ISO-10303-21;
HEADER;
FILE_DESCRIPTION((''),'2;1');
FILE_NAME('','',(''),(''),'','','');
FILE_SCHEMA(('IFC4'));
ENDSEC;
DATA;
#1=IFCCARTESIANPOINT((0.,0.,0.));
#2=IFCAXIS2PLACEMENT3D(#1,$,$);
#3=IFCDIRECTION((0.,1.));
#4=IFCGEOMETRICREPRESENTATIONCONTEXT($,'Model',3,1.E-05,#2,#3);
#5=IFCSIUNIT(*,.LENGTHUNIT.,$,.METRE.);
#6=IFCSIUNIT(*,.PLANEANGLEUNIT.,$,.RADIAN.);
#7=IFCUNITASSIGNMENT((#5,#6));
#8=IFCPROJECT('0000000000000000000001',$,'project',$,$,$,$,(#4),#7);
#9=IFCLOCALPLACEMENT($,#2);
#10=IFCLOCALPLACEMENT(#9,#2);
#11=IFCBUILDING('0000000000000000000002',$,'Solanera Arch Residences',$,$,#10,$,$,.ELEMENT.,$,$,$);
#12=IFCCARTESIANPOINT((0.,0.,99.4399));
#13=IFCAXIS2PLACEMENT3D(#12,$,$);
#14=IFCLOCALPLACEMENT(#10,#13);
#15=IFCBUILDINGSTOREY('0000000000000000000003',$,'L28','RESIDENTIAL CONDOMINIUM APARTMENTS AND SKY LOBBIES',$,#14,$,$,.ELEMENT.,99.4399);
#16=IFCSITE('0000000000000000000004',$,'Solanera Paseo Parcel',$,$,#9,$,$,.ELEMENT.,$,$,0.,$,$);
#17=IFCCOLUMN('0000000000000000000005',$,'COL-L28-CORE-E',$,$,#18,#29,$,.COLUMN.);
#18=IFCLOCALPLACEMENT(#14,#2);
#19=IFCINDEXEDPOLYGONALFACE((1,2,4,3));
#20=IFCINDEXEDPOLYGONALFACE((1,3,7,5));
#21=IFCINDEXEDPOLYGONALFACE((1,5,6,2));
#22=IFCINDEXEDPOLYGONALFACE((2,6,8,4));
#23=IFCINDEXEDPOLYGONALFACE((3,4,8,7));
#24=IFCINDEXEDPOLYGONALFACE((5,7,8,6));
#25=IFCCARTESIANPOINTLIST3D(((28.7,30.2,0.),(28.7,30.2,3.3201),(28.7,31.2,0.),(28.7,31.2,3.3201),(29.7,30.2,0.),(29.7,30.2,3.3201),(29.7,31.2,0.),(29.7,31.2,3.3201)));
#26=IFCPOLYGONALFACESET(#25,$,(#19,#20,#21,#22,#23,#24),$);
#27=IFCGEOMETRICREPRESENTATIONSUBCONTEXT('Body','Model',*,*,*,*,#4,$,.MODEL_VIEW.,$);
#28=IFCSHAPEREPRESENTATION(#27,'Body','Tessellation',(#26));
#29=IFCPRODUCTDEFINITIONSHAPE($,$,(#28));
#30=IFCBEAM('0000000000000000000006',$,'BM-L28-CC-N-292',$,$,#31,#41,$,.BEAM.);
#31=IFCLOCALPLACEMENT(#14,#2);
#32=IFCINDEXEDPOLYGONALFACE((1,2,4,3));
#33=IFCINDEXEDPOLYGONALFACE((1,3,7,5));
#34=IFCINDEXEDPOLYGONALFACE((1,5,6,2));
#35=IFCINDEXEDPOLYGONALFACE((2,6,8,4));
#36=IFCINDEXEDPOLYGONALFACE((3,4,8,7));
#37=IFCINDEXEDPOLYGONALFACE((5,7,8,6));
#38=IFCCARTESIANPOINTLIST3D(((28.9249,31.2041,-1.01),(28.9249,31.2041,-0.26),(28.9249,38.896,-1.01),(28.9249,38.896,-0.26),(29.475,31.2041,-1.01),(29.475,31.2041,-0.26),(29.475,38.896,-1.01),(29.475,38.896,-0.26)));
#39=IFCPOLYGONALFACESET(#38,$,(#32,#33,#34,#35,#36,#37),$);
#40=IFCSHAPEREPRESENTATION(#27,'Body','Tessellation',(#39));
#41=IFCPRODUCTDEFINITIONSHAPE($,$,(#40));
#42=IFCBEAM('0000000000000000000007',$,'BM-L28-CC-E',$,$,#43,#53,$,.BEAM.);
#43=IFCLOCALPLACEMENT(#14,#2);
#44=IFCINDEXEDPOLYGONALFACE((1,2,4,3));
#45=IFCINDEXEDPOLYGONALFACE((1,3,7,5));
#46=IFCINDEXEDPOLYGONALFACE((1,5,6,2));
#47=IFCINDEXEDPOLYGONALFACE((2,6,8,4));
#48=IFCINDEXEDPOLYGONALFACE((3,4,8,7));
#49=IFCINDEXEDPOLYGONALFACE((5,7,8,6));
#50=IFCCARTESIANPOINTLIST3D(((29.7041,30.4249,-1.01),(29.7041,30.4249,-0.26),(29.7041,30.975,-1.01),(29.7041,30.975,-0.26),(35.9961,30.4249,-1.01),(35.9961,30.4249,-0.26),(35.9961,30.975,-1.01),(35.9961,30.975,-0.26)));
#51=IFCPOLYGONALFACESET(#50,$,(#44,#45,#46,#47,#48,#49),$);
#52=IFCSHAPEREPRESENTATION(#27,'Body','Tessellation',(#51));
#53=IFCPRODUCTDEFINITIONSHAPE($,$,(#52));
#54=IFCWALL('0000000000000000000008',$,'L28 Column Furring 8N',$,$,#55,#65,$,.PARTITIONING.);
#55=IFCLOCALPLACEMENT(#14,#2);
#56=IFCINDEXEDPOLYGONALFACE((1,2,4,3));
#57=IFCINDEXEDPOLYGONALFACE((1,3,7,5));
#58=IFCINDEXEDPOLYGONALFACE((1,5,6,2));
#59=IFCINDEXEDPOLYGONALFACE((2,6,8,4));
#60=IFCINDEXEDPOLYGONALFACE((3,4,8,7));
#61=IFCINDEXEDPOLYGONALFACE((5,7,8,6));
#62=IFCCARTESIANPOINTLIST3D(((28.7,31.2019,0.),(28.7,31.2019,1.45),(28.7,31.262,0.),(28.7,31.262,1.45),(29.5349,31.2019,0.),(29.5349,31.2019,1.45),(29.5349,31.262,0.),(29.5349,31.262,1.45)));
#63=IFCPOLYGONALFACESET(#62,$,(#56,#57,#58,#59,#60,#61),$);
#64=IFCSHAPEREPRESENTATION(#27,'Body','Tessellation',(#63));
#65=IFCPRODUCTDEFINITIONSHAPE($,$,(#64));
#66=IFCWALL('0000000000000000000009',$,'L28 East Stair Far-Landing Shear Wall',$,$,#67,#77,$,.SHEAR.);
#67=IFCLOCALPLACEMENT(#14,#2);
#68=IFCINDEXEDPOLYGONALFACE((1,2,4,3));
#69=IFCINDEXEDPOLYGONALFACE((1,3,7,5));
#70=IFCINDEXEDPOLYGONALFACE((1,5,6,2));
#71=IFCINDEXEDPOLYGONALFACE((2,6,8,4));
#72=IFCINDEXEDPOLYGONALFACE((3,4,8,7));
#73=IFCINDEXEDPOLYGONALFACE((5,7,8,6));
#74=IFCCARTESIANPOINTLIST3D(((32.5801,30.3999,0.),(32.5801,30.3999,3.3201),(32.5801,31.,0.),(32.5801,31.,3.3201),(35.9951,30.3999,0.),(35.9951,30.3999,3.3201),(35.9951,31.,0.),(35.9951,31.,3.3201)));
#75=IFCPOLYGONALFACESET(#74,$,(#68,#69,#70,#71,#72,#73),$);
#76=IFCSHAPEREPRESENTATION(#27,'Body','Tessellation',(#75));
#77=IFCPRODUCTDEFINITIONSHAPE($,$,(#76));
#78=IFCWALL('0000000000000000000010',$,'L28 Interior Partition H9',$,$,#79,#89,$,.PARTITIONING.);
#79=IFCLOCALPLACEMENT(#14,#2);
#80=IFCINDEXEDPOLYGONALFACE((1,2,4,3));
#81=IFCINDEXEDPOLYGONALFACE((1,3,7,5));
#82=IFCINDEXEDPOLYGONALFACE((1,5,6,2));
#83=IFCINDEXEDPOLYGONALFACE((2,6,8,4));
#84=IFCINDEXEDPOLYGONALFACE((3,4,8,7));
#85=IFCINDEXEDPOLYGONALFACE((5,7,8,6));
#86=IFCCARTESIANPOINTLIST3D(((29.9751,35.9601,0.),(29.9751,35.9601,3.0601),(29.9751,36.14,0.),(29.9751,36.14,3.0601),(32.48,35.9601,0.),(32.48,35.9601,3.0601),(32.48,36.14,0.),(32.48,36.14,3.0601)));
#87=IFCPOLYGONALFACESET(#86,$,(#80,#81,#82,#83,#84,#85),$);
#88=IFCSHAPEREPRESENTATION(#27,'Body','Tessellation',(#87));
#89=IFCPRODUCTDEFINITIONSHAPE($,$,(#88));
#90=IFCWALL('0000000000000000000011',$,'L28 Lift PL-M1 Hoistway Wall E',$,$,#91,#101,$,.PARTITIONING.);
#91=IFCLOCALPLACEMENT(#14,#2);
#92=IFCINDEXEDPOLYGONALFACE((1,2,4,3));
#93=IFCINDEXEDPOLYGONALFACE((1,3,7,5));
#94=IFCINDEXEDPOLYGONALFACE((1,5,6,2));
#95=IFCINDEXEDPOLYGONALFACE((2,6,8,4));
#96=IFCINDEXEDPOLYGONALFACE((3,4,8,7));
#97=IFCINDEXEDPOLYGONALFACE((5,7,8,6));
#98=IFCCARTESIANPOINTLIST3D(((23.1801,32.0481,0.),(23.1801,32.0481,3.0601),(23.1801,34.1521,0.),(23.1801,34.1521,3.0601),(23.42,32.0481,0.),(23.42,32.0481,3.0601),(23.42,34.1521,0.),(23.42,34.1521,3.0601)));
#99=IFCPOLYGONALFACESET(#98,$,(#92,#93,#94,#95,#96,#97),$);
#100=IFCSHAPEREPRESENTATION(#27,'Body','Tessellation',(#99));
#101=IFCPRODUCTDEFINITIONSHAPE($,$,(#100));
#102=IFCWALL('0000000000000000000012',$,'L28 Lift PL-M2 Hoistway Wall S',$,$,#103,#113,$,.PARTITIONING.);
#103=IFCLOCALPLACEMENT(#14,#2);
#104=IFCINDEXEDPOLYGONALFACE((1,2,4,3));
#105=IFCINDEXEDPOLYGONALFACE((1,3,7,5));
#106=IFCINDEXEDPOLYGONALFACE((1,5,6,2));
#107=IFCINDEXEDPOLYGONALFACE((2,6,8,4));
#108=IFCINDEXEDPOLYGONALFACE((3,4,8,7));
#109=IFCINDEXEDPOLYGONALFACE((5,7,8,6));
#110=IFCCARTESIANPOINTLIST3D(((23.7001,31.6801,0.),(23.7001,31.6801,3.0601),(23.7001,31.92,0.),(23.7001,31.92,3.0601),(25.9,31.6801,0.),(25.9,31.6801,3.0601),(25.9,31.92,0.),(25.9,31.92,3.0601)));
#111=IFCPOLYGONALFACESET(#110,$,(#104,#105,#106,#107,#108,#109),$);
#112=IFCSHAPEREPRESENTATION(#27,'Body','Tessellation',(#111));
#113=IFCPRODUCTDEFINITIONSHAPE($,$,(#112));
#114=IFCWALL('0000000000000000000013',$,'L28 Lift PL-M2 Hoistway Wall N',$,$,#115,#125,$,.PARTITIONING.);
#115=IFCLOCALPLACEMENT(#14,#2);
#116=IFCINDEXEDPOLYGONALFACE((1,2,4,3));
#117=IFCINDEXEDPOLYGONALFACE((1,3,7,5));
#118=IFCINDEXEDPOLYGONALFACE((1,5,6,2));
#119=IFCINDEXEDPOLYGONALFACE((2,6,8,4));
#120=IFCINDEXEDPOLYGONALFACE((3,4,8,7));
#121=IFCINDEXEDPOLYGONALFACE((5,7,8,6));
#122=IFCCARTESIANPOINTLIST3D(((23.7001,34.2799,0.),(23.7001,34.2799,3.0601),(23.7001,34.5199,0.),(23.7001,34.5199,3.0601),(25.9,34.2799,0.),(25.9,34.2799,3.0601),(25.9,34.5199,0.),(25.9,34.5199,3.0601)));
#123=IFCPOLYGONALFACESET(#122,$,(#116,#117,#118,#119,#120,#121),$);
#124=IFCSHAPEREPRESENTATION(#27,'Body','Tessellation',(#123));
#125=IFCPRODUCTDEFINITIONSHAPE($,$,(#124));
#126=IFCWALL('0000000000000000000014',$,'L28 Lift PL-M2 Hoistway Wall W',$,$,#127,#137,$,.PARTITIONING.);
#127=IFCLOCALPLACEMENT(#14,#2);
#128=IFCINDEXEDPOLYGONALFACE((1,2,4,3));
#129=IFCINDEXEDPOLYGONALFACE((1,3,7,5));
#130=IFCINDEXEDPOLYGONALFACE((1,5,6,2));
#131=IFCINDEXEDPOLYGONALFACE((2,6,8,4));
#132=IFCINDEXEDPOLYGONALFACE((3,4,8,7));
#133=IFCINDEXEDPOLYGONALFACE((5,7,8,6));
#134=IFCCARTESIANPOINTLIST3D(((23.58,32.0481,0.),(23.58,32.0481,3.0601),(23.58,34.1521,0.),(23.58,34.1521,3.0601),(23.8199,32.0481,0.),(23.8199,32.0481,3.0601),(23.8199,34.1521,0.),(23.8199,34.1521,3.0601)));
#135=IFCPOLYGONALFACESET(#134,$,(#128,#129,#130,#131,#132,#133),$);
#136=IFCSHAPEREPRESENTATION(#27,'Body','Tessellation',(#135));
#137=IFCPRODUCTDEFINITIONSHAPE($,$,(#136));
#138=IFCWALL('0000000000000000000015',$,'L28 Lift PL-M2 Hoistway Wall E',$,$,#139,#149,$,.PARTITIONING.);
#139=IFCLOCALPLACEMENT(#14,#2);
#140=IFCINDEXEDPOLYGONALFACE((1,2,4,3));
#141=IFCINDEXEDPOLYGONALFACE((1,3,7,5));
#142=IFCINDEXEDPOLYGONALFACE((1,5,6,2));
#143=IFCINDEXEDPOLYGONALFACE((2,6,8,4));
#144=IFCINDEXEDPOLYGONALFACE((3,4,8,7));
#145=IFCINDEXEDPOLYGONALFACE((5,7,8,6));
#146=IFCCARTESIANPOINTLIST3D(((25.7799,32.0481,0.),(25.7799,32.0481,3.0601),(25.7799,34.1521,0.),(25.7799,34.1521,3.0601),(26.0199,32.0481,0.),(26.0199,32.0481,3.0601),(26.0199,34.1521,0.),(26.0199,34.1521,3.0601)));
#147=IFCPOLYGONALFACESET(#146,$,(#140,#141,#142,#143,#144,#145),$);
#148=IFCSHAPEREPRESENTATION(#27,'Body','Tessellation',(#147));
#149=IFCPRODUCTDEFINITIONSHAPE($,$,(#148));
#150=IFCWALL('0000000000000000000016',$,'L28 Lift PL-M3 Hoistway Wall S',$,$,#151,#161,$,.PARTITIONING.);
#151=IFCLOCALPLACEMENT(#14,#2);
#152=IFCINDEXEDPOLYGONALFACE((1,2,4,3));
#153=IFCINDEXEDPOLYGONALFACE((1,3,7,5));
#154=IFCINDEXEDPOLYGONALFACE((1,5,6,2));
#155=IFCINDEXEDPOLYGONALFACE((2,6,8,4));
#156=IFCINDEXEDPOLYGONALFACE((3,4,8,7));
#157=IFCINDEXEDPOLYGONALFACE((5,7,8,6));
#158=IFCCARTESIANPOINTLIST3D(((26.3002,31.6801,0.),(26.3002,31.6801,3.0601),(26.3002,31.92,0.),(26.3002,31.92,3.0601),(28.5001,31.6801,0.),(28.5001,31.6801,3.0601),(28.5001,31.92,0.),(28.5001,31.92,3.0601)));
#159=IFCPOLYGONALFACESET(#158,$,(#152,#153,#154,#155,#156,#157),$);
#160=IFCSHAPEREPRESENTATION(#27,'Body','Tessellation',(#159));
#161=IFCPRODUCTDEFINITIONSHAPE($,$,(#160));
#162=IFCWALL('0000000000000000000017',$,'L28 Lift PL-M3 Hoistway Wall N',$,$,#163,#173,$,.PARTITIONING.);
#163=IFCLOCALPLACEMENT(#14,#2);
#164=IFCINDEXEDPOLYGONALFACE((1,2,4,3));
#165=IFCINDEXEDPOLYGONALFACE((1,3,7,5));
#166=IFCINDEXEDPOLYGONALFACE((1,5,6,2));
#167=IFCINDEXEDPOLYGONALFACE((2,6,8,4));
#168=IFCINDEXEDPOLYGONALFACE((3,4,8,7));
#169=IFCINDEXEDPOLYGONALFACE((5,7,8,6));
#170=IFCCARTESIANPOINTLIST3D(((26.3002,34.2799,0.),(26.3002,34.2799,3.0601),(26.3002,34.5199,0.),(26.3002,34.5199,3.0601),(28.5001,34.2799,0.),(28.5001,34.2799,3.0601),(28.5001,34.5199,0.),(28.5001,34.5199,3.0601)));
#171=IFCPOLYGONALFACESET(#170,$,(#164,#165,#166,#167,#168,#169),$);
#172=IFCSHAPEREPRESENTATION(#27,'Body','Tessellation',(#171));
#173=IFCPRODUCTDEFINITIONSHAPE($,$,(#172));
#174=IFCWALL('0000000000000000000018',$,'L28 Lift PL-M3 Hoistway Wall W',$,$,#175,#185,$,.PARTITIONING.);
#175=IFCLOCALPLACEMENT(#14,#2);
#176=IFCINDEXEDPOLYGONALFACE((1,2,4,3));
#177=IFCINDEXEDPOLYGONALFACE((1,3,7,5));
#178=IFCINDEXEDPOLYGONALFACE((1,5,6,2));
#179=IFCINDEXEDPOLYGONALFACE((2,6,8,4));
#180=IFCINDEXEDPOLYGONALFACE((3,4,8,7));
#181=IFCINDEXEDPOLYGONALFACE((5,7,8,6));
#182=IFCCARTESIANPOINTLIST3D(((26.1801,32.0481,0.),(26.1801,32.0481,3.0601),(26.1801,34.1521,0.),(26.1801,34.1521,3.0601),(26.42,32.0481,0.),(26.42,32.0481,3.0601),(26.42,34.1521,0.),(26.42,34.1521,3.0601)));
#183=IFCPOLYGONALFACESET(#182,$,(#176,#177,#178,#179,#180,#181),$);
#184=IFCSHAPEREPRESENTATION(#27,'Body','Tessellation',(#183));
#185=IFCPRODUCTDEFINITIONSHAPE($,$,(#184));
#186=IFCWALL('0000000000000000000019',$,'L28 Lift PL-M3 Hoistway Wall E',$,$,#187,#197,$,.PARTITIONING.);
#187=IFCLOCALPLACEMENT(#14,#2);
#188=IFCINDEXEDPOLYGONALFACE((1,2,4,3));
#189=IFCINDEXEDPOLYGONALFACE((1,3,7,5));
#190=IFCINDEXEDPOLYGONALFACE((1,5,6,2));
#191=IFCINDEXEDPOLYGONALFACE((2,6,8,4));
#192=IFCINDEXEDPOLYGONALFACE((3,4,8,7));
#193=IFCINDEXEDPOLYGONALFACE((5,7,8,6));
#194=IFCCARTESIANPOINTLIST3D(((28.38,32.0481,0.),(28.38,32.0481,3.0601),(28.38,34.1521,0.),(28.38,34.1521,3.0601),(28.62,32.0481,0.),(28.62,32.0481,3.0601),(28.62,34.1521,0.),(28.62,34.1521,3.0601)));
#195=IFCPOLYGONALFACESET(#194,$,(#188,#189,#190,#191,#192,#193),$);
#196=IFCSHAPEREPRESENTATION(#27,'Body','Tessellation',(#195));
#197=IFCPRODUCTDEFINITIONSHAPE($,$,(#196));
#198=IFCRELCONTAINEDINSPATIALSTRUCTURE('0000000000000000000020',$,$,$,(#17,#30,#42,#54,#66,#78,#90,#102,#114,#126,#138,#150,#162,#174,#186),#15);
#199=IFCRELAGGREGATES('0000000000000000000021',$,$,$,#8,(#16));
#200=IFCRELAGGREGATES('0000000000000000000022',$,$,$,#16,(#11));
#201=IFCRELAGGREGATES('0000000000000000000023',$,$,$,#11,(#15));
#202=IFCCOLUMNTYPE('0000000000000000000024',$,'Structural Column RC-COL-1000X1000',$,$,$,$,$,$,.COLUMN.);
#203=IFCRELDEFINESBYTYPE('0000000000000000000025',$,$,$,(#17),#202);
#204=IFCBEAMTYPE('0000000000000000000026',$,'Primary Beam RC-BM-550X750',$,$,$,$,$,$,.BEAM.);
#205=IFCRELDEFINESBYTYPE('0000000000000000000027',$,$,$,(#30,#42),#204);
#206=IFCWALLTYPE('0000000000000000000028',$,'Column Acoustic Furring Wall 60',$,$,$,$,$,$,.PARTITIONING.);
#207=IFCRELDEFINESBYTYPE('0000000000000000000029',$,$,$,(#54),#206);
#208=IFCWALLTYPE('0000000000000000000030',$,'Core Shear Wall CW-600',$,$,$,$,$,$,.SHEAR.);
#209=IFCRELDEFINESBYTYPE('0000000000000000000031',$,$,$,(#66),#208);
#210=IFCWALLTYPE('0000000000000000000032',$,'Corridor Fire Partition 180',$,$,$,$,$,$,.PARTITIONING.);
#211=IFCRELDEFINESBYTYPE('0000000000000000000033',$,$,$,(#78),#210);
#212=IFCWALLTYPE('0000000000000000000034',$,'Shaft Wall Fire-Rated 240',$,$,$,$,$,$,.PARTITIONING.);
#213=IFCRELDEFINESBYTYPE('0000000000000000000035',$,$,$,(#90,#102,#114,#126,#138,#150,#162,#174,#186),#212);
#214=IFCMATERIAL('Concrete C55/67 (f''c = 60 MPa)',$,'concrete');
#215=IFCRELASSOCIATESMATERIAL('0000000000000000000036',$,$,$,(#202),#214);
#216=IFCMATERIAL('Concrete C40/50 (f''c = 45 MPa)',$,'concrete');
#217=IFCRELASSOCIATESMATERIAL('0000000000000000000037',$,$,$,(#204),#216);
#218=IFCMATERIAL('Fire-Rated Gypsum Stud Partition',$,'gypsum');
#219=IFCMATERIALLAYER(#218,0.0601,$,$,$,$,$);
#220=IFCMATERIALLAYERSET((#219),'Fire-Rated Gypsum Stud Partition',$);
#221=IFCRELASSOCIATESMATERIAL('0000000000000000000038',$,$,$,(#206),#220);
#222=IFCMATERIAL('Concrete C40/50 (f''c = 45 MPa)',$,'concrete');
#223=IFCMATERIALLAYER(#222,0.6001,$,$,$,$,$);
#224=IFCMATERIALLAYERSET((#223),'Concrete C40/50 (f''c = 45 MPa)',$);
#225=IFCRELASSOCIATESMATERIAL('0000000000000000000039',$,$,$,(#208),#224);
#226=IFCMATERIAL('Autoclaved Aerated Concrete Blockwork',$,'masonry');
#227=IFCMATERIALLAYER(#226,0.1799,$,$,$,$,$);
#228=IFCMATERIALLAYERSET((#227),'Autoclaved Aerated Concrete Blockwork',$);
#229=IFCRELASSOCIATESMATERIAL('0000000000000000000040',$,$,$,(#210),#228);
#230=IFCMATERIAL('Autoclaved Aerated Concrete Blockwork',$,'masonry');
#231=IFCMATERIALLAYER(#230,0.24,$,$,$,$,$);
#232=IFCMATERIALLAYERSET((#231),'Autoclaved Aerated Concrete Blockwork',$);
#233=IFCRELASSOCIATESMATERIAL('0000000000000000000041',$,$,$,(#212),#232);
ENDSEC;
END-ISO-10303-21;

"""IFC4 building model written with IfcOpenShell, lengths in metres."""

from ifc_helpers import new_model, si_unit, direction, frame, frame_2d, origin, origin_2d, place, context, subcontext, project, spatial, rectangle, extrude, material, layer, layer_set, material_profile, profile_set, type_object, element, save


model = new_model("IFC4")

# Units and contexts
model_context = context("Model", 3, precision=1e-05, world=origin(), true_north=direction((0.0, 1.0)))
body_context = subcontext(model_context, "Body", "Model", "MODEL_VIEW")
ifc_project = project(units=[si_unit("LENGTHUNIT", "METRE"), si_unit("PLANEANGLEUNIT", "RADIAN")], contexts=[model_context])

# Site, building, storey
site_placement = place(None, origin())
site = spatial("IfcSite", under=ifc_project, at=site_placement, Name="Solanera Paseo Parcel", CompositionType="ELEMENT", RefElevation=0.0)
building_placement = place(site_placement, origin())
building = spatial("IfcBuilding", under=site, at=building_placement, Name="Solanera Arch Residences", CompositionType="ELEMENT")
storey_placement = place(building_placement, frame((0.0, 0.0, 99.4399)))
storey = spatial("IfcBuildingStorey", under=building, at=storey_placement, Name="L28", Description="RESIDENTIAL CONDOMINIUM APARTMENTS AND SKY LOBBIES", CompositionType="ELEMENT", Elevation=99.4399)

# Column
ifc_material_1 = material(Name="Concrete C55/67 (f'c = 60 MPa)", Category="concrete")
ifc_material_profile_1 = material_profile(ifc_material_1, rectangle(XDim=1.0, YDim=1.0, at=origin_2d()))
ifc_profile_set_1 = profile_set([ifc_material_profile_1], Name="Concrete C55/67 (f'c = 60 MPa)")
column_type = type_object("IfcColumnType", Name="Structural Column RC-COL-1000X1000", PredefinedType="COLUMN", material=ifc_profile_set_1)
column_placement = place(storey_placement, frame((29.2, 30.7, 0.0), z_axis=(0.0, 0.0, 1.0), x_axis=(1.0, 0.0, 0.0)))
element("IfcColumn", 1, at=column_placement, inside=storey, type_object=column_type, Name="COL-L28-CORE-E", PredefinedType="COLUMN", context=body_context, shape_type="SweptSolid", body=[
    extrude(rectangle(XDim=1.0, YDim=1.0, at=origin_2d()), origin(), (0.0, 0.0, 1.0), 3.3201),
])

# Beams
ifc_material_2 = material(Name="Concrete C40/50 (f'c = 45 MPa)", Category="concrete")
ifc_material_profile_2 = material_profile(ifc_material_2, rectangle(XDim=0.55, YDim=0.75, at=origin_2d()))
ifc_profile_set_2 = profile_set([ifc_material_profile_2], Name="Concrete C40/50 (f'c = 45 MPa)")
beam_type = type_object("IfcBeamType", Name="Primary Beam RC-BM-550X750", PredefinedType="BEAM", material=ifc_profile_set_2)
beam_1_placement = place(storey_placement, frame((29.2, 31.2041, -0.635), z_axis=(0.0, 1.0, 0.0), x_axis=(-1.0, 0.0, 0.0)))
element("IfcBeam", 2, at=beam_1_placement, inside=storey, type_object=beam_type, Name="BM-L28-CC-N-292", PredefinedType="BEAM", context=body_context, shape_type="SweptSolid", body=[
    extrude(rectangle(XDim=0.55, YDim=0.75, at=origin_2d()), origin(), (0.0, 0.0, 1.0), 7.6919),
])
beam_2_placement = place(storey_placement, frame((29.7041, 30.7, -0.635), z_axis=(1.0, 0.0, 0.0), x_axis=(0.0, 1.0, 0.0)))
element("IfcBeam", 3, at=beam_2_placement, inside=storey, type_object=beam_type, Name="BM-L28-CC-E", PredefinedType="BEAM", context=body_context, shape_type="SweptSolid", body=[
    extrude(rectangle(XDim=0.55, YDim=0.75, at=origin_2d()), origin(), (0.0, 0.0, 1.0), 6.292),
])

# Walls
ifc_material_3 = material(Name="Fire-Rated Gypsum Stud Partition", Category="gypsum")
ifc_layer_1 = layer(ifc_material_3, 0.0601)
ifc_layer_set_1 = layer_set([ifc_layer_1], Name="Fire-Rated Gypsum Stud Partition")
wall_type_1 = type_object("IfcWallType", Name="Column Acoustic Furring Wall 60", PredefinedType="PARTITIONING", material=ifc_layer_set_1)
wall_1_placement = place(storey_placement, frame((28.7, 31.2319, 0.0), z_axis=(0.0, 0.0, 1.0), x_axis=(1.0, 0.0, 0.0)))
element("IfcWall", 4, at=wall_1_placement, inside=storey, type_object=wall_type_1, Name="L28 Column Furring 8N", PredefinedType="PARTITIONING", context=body_context, shape_type="SweptSolid", body=[
    extrude(rectangle(XDim=0.835, YDim=0.0601, at=frame_2d((0.4175, 0.0))), origin(), (0.0, 0.0, 1.0), 1.45),
])
ifc_material_4 = material(Name="Concrete C40/50 (f'c = 45 MPa)", Category="concrete")
ifc_layer_2 = layer(ifc_material_4, 0.6001)
ifc_layer_set_2 = layer_set([ifc_layer_2], Name="Concrete C40/50 (f'c = 45 MPa)")
wall_type_2 = type_object("IfcWallType", Name="Core Shear Wall CW-600", PredefinedType="SHEAR", material=ifc_layer_set_2)
wall_2_placement = place(storey_placement, frame((32.5801, 30.7, 0.0), z_axis=(0.0, 0.0, 1.0), x_axis=(1.0, 0.0, 0.0)))
element("IfcWall", 5, at=wall_2_placement, inside=storey, type_object=wall_type_2, Name="L28 East Stair Far-Landing Shear Wall", PredefinedType="SHEAR", context=body_context, shape_type="SweptSolid", body=[
    extrude(rectangle(XDim=3.415, YDim=0.6001, at=frame_2d((1.7075, 0.0))), origin(), (0.0, 0.0, 1.0), 3.3201),
])
ifc_material_5 = material(Name="Autoclaved Aerated Concrete Blockwork", Category="masonry")
ifc_layer_3 = layer(ifc_material_5, 0.1799)
ifc_layer_set_3 = layer_set([ifc_layer_3], Name="Autoclaved Aerated Concrete Blockwork")
wall_type_3 = type_object("IfcWallType", Name="Corridor Fire Partition 180", PredefinedType="PARTITIONING", material=ifc_layer_set_3)
wall_3_placement = place(storey_placement, frame((29.9751, 36.05, 0.0), z_axis=(0.0, 0.0, 1.0), x_axis=(1.0, 0.0, 0.0)))
element("IfcWall", 6, at=wall_3_placement, inside=storey, type_object=wall_type_3, Name="L28 Interior Partition H9", PredefinedType="PARTITIONING", context=body_context, shape_type="SweptSolid", body=[
    extrude(rectangle(XDim=2.5049, YDim=0.1799, at=frame_2d((1.2524, 0.0))), origin(), (0.0, 0.0, 1.0), 3.0601),
])
ifc_material_6 = material(Name="Autoclaved Aerated Concrete Blockwork", Category="masonry")
ifc_layer_4 = layer(ifc_material_6, 0.24)
ifc_layer_set_4 = layer_set([ifc_layer_4], Name="Autoclaved Aerated Concrete Blockwork")
wall_type_4 = type_object("IfcWallType", Name="Shaft Wall Fire-Rated 240", PredefinedType="PARTITIONING", material=ifc_layer_set_4)
wall_4_placement = place(storey_placement, frame((23.3, 32.0481, 0.0), z_axis=(0.0, 0.0, 1.0), x_axis=(0.0, 1.0, 0.0)))
element("IfcWall", 7, at=wall_4_placement, inside=storey, type_object=wall_type_4, Name="L28 Lift PL-M1 Hoistway Wall E", PredefinedType="PARTITIONING", context=body_context, shape_type="SweptSolid", body=[
    extrude(rectangle(XDim=2.104, YDim=0.24, at=frame_2d((1.052, 0.0))), origin(), (0.0, 0.0, 1.0), 3.0601),
])
for number, where, z_axis, x_axis, name in (
    (8, (23.7, 31.8, 0.0), (0.0, 0.0, 1.0), (1.0, 0.0, 0.0), "L28 Lift PL-M2 Hoistway Wall S"),
    (9, (23.7, 34.3999, 0.0), (0.0, 0.0, 1.0), (1.0, 0.0, 0.0), "L28 Lift PL-M2 Hoistway Wall N"),
):
    element("IfcWall", number, at=place(storey_placement, frame(where, z_axis=z_axis, x_axis=x_axis)), inside=storey, type_object=wall_type_4, Name=name, PredefinedType="PARTITIONING", context=body_context, shape_type="SweptSolid", body=[
        extrude(rectangle(XDim=2.2, YDim=0.24, at=frame_2d((1.1001, 0.0))), origin(), (0.0, 0.0, 1.0), 3.0601),
    ])
for number, where, z_axis, x_axis, name in (
    (10, (23.7, 32.0481, 0.0), (0.0, 0.0, 1.0), (0.0, 1.0, 0.0), "L28 Lift PL-M2 Hoistway Wall W"),
    (11, (25.8999, 32.0481, 0.0), (0.0, 0.0, 1.0), (0.0, 1.0, 0.0), "L28 Lift PL-M2 Hoistway Wall E"),
):
    element("IfcWall", number, at=place(storey_placement, frame(where, z_axis=z_axis, x_axis=x_axis)), inside=storey, type_object=wall_type_4, Name=name, PredefinedType="PARTITIONING", context=body_context, shape_type="SweptSolid", body=[
        extrude(rectangle(XDim=2.104, YDim=0.24, at=frame_2d((1.052, 0.0))), origin(), (0.0, 0.0, 1.0), 3.0601),
    ])
for number, where, z_axis, x_axis, name in (
    (12, (26.3, 31.8, 0.0), (0.0, 0.0, 1.0), (1.0, 0.0, 0.0), "L28 Lift PL-M3 Hoistway Wall S"),
    (13, (26.3, 34.3999, 0.0), (0.0, 0.0, 1.0), (1.0, 0.0, 0.0), "L28 Lift PL-M3 Hoistway Wall N"),
):
    element("IfcWall", number, at=place(storey_placement, frame(where, z_axis=z_axis, x_axis=x_axis)), inside=storey, type_object=wall_type_4, Name=name, PredefinedType="PARTITIONING", context=body_context, shape_type="SweptSolid", body=[
        extrude(rectangle(XDim=2.2, YDim=0.24, at=frame_2d((1.1001, 0.0))), origin(), (0.0, 0.0, 1.0), 3.0601),
    ])
for number, where, z_axis, x_axis, name in (
    (14, (26.3, 32.0481, 0.0), (0.0, 0.0, 1.0), (0.0, 1.0, 0.0), "L28 Lift PL-M3 Hoistway Wall W"),
    (15, (28.5, 32.0481, 0.0), (0.0, 0.0, 1.0), (0.0, 1.0, 0.0), "L28 Lift PL-M3 Hoistway Wall E"),
):
    element("IfcWall", number, at=place(storey_placement, frame(where, z_axis=z_axis, x_axis=x_axis)), inside=storey, type_object=wall_type_4, Name=name, PredefinedType="PARTITIONING", context=body_context, shape_type="SweptSolid", body=[
        extrude(rectangle(XDim=2.104, YDim=0.24, at=frame_2d((1.052, 0.0))), origin(), (0.0, 0.0, 1.0), 3.0601),
    ])

save(model, "model.ifc")
